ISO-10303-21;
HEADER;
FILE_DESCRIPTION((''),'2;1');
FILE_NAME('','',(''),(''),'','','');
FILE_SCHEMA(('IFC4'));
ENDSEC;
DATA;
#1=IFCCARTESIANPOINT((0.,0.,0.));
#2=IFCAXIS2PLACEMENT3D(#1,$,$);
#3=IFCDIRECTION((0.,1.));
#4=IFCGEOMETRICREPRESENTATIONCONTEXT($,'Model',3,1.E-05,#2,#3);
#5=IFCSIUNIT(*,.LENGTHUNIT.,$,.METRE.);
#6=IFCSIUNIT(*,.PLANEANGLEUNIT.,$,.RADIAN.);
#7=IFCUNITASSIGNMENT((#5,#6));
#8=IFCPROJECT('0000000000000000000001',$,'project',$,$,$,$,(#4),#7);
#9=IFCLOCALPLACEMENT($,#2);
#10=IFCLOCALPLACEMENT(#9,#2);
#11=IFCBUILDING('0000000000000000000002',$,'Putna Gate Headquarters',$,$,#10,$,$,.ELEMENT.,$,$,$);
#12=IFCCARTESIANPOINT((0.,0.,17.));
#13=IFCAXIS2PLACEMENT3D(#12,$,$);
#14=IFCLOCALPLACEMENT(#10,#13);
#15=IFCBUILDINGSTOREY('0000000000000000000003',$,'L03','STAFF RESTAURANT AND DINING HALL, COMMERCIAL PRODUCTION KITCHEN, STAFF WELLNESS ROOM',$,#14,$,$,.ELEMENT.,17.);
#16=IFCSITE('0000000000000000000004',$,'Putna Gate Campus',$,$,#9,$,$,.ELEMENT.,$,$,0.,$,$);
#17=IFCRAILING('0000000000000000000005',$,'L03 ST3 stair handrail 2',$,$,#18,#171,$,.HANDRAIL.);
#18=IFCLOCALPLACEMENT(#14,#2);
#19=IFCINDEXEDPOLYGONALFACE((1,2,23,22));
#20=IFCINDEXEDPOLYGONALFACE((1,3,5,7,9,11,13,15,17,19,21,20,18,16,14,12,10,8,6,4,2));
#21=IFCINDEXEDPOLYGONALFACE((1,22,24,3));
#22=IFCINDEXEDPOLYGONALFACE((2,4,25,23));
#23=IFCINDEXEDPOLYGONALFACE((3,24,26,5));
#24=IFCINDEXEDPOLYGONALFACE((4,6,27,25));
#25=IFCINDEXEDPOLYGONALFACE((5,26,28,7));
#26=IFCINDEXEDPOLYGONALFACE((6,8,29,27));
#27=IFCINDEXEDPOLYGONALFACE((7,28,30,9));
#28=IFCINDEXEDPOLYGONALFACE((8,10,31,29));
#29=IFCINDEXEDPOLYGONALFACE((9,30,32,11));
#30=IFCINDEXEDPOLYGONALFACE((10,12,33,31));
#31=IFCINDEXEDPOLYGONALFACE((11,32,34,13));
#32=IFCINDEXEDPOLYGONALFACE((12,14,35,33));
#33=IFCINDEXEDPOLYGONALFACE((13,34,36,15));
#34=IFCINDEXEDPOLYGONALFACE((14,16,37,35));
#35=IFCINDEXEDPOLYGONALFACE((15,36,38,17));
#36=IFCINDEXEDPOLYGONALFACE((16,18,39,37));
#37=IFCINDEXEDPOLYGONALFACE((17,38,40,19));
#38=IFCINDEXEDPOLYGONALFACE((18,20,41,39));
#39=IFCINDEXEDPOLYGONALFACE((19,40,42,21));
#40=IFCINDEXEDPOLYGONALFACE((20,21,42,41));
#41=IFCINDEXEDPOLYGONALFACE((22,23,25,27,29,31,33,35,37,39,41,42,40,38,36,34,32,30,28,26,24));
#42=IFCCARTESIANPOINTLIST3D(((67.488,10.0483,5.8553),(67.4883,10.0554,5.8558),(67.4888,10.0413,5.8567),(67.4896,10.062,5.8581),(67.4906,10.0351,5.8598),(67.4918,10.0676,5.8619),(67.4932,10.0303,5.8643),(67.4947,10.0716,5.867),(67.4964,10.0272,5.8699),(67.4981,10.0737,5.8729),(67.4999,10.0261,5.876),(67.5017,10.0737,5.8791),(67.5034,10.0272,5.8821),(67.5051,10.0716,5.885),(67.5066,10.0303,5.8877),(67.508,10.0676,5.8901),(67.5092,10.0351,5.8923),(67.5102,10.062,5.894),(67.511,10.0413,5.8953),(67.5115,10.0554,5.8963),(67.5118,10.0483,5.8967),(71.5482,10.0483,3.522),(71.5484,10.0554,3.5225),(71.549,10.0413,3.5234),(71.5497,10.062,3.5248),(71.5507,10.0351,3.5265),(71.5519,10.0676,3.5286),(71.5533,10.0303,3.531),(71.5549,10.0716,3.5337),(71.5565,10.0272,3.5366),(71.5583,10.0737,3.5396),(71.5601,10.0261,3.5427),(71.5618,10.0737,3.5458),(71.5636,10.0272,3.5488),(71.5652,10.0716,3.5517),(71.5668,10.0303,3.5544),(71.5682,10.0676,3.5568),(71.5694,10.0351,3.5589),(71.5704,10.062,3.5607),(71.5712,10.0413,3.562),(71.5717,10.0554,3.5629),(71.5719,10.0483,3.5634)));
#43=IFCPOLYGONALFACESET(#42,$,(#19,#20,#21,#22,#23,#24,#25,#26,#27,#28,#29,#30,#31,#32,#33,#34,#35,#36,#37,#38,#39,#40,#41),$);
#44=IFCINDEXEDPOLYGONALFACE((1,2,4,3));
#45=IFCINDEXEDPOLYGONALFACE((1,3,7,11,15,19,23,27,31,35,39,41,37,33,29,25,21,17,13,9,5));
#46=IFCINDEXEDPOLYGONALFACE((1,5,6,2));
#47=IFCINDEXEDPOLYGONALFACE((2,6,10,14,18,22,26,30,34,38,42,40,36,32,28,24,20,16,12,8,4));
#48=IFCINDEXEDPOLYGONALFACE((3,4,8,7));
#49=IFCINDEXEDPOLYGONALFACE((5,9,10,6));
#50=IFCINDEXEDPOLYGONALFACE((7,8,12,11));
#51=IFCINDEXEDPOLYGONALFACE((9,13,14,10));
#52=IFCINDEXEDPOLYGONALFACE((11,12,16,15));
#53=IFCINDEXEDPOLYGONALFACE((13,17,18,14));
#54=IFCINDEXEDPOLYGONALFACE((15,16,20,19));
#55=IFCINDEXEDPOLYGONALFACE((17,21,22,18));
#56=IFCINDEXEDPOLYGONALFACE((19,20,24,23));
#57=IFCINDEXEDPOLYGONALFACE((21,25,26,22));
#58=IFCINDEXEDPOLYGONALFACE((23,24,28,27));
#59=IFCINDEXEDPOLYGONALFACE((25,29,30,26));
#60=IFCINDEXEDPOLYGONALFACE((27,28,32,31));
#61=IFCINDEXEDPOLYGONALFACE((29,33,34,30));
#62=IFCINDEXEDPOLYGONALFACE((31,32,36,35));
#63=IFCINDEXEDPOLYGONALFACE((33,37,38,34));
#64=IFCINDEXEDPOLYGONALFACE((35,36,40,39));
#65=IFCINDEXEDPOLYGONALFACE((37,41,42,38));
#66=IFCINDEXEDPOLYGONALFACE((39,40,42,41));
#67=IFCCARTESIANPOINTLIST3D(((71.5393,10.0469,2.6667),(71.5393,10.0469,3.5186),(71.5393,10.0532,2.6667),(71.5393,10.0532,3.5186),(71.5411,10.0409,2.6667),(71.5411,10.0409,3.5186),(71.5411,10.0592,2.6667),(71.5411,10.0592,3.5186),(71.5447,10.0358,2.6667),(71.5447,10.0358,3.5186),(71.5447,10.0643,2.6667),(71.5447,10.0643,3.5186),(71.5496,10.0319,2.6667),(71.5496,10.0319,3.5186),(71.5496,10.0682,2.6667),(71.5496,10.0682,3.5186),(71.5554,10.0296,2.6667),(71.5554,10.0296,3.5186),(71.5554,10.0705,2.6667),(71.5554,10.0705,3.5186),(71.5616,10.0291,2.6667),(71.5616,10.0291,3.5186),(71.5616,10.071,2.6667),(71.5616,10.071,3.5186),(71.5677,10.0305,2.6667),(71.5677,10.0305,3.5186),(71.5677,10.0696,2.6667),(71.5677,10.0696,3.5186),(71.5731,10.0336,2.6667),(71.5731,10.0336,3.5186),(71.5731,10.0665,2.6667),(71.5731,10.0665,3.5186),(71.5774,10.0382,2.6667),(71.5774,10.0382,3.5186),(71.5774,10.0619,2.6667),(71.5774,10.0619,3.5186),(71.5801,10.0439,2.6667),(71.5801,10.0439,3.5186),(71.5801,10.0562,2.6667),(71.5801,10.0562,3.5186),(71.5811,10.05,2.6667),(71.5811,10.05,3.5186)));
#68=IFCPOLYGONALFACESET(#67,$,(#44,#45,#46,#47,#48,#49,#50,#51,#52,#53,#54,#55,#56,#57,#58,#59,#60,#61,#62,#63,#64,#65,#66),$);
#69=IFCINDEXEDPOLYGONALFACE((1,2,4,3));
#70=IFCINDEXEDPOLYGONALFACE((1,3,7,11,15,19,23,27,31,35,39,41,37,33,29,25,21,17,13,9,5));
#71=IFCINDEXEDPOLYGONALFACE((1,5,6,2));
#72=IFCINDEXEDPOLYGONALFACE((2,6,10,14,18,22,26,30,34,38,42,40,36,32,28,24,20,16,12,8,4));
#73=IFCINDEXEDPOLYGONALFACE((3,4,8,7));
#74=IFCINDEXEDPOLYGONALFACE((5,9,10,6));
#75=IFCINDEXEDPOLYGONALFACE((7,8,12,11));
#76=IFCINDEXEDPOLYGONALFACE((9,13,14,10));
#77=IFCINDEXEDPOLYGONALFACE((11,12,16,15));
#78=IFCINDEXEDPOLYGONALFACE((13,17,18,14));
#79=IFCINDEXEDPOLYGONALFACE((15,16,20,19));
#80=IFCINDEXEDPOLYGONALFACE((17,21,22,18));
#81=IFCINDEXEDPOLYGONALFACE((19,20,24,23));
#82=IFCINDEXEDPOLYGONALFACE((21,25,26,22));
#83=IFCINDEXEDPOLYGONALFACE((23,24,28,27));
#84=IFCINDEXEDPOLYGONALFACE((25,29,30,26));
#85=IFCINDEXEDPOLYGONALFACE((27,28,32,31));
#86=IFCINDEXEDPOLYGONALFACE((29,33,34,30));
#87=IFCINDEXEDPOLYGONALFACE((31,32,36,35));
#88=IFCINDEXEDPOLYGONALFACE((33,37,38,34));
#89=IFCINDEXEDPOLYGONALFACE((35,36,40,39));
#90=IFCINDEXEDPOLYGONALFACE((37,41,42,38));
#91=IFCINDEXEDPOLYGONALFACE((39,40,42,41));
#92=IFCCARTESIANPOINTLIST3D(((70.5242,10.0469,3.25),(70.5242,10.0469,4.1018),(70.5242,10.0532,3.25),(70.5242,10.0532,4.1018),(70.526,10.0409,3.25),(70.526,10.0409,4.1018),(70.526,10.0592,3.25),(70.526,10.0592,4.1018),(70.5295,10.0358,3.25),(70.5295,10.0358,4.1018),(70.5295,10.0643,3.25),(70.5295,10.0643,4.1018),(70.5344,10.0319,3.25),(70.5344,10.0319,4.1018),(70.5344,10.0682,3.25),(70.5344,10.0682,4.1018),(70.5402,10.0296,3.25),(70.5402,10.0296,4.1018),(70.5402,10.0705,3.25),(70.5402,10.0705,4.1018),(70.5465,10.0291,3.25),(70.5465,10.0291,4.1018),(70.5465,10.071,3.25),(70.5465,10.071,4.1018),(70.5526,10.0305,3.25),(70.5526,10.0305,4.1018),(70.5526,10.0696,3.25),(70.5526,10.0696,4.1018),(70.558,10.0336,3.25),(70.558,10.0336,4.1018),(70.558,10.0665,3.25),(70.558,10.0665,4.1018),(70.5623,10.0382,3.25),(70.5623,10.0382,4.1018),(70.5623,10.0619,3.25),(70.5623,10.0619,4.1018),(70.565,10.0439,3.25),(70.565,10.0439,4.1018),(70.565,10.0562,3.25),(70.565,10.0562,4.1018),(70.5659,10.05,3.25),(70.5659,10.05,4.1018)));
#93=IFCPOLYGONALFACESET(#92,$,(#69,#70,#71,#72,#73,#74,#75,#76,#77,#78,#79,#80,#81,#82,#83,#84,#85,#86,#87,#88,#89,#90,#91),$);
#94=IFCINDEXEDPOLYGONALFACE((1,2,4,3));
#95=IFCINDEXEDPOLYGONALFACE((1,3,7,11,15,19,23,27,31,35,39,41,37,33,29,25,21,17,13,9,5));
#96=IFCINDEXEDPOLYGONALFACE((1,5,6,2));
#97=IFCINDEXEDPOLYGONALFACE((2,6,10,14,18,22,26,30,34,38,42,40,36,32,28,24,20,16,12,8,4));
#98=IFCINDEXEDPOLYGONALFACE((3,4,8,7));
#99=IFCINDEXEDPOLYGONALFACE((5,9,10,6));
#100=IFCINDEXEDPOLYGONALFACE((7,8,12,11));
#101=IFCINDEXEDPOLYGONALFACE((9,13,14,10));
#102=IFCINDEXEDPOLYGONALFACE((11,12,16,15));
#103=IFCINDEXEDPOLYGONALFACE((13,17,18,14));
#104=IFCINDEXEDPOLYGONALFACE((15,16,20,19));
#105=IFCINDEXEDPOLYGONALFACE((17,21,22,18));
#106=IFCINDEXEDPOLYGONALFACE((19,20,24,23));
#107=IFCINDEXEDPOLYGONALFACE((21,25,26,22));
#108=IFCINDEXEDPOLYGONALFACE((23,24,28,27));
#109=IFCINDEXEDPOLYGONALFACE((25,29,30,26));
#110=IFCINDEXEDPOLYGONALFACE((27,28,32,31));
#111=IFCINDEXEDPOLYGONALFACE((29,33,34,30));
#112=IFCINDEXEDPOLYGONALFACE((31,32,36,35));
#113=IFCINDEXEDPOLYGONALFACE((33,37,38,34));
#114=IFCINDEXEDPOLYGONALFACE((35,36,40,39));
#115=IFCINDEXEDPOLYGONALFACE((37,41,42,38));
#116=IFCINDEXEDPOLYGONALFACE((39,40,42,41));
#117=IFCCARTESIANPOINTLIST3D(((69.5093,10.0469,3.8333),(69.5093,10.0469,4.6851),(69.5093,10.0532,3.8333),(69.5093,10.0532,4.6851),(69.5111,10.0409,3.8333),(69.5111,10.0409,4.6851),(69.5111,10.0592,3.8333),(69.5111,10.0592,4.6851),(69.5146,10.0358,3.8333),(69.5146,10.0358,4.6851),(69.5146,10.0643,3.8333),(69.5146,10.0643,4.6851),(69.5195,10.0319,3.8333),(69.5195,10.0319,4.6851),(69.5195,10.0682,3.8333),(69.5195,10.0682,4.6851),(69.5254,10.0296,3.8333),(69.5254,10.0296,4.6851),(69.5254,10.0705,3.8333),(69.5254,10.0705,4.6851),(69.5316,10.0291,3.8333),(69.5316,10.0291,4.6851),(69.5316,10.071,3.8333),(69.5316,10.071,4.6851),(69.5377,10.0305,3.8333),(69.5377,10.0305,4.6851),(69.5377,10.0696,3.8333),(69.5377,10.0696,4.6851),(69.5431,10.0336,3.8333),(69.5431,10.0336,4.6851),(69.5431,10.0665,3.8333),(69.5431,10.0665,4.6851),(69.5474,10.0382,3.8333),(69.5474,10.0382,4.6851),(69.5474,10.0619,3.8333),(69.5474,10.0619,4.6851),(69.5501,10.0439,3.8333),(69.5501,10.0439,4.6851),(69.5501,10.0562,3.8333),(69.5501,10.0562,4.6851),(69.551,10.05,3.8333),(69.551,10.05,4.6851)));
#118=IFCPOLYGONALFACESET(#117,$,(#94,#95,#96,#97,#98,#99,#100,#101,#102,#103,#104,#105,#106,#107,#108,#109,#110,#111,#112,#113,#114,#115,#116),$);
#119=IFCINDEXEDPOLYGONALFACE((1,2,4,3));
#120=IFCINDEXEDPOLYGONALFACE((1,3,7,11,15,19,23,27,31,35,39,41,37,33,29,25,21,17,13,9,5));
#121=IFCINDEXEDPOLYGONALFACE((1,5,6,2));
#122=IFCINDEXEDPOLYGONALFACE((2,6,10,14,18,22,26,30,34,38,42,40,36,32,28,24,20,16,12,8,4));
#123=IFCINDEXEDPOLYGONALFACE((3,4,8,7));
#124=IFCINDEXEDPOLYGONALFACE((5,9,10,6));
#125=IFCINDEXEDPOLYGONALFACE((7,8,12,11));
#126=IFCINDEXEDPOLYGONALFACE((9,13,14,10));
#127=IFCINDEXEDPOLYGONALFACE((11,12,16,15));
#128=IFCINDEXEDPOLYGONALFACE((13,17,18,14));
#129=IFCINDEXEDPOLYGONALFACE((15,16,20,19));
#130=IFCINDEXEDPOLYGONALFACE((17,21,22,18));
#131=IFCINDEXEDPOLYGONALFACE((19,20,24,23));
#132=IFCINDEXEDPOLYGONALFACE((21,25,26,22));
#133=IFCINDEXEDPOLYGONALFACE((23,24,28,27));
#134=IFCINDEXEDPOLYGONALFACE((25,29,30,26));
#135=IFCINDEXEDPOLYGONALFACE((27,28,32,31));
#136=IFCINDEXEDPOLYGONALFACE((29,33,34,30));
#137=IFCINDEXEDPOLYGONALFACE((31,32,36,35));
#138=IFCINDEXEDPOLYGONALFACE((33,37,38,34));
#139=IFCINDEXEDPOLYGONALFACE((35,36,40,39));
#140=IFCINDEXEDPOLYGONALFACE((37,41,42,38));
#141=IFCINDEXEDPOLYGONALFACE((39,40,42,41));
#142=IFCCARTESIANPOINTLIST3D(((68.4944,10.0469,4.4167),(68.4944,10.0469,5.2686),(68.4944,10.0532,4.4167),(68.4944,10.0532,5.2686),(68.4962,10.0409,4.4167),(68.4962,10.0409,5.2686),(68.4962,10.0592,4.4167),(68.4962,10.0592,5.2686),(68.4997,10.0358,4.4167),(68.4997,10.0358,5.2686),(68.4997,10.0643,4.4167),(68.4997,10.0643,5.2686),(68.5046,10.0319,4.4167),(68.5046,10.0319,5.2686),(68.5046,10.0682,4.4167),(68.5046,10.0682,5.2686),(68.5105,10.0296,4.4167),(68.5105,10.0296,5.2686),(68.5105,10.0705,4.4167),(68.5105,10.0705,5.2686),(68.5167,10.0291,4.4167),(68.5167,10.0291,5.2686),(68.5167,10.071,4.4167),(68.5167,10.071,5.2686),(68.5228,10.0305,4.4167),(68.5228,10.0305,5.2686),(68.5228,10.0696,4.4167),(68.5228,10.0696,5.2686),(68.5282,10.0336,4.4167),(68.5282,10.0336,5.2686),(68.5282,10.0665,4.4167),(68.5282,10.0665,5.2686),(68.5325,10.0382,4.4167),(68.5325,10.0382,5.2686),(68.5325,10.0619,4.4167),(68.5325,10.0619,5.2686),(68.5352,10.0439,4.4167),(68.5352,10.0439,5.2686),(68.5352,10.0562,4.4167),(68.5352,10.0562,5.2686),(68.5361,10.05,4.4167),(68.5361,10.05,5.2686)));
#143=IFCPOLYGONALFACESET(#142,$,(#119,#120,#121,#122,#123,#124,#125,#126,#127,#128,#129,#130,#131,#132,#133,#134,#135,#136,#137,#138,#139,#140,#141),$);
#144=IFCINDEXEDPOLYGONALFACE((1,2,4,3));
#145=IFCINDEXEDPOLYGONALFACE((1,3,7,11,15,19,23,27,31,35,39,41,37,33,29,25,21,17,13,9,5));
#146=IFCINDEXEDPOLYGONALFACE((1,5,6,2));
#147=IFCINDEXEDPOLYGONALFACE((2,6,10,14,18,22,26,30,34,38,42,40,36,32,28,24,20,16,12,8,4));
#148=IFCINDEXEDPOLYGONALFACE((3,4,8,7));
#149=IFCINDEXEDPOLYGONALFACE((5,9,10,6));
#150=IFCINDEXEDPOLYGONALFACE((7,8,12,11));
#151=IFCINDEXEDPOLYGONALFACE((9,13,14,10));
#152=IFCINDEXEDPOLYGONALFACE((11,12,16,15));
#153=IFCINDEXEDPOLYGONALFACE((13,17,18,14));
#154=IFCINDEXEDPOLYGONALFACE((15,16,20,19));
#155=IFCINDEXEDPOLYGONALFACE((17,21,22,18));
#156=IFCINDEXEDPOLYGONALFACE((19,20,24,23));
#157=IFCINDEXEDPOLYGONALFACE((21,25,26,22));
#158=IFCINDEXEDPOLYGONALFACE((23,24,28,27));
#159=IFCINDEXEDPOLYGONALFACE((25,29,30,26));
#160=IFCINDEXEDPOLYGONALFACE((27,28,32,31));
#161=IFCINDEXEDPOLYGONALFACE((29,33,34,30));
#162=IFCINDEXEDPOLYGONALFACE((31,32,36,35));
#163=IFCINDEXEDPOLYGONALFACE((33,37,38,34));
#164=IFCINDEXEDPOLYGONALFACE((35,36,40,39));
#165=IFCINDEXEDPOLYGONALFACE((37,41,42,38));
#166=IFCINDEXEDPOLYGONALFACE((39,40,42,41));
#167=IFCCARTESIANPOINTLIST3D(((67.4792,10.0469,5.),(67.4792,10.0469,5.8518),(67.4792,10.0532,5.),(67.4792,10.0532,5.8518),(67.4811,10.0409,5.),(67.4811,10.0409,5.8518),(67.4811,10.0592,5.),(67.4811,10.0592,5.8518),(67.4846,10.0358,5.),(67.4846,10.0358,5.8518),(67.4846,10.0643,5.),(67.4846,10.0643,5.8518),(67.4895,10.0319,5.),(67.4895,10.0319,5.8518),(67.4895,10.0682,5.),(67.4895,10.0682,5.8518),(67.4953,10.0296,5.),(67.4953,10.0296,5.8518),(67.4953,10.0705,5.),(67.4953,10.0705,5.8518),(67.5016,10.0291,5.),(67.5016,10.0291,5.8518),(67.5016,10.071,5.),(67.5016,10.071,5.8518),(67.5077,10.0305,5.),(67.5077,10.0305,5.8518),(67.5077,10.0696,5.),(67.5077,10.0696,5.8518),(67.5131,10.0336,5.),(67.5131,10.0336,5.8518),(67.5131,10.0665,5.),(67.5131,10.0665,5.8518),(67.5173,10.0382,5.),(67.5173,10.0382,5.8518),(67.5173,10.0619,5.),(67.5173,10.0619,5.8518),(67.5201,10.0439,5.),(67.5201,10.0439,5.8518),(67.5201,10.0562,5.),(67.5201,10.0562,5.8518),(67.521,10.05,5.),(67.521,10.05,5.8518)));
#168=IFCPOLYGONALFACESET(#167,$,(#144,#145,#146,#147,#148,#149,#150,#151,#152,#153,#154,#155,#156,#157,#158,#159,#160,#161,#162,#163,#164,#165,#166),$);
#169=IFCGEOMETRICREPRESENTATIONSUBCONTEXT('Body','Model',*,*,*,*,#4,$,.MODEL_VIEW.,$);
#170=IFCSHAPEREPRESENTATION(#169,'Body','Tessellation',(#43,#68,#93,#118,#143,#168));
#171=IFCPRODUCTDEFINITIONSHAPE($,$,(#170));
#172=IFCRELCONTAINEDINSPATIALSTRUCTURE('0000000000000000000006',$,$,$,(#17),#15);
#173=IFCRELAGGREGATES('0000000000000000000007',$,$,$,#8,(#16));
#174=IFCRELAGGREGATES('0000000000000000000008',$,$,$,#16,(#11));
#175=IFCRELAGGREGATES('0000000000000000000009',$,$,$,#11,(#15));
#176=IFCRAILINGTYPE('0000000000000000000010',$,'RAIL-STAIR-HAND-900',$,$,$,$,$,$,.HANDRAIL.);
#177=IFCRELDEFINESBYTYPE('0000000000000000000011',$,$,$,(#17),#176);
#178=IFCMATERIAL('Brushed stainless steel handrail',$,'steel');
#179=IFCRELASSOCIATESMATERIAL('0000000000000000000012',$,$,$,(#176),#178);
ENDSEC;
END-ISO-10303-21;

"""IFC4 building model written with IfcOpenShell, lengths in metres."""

from ifc_helpers import new_model, si_unit, direction, frame, origin, origin_2d, place, context, subcontext, project, spatial, circle, extrude, material, type_object, element, save


model = new_model("IFC4")

# Units and contexts
model_context = context("Model", 3, precision=1e-05, world=origin(), true_north=direction((0.0, 1.0)))
body_context = subcontext(model_context, "Body", "Model", "MODEL_VIEW")
ifc_project = project(units=[si_unit("LENGTHUNIT", "METRE"), si_unit("PLANEANGLEUNIT", "RADIAN")], contexts=[model_context])

# Site, building, storey
site_placement = place(None, origin())
site = spatial("IfcSite", under=ifc_project, at=site_placement, Name="Putna Gate Campus", CompositionType="ELEMENT", RefElevation=0.0)
building_placement = place(site_placement, origin())
building = spatial("IfcBuilding", under=site, at=building_placement, Name="Putna Gate Headquarters", CompositionType="ELEMENT")
storey_placement = place(building_placement, frame((0.0, 0.0, 17.0)))
storey = spatial("IfcBuildingStorey", under=building, at=storey_placement, Name="L03", Description="STAFF RESTAURANT AND DINING HALL, COMMERCIAL PRODUCTION KITCHEN, STAFF WELLNESS ROOM", CompositionType="ELEMENT", Elevation=17.0)

# Railing
ifc_material_1 = material(Name="Brushed stainless steel handrail", Category="steel")
railing_type_1 = type_object("IfcRailingType", Name="RAIL-STAIR-HAND-900", PredefinedType="HANDRAIL", material=ifc_material_1)
railing_1_placement = place(storey_placement, frame((71.5601, 10.05, 2.6667)))
element("IfcRailing", 1, at=railing_1_placement, inside=storey, type_object=railing_type_1, Name="L03 ST3 stair handrail 2", PredefinedType="HANDRAIL", context=body_context, shape_type="SweptSolid", body=[
    extrude(circle(Radius=0.0239, at=origin_2d()), frame((0.0, 0.0, 0.876), z_axis=(-0.867025, 0.0, 0.498265), x_axis=(0.0, -1.0, 0.0)), (0.0, 0.0, 1.0), 4.6829),
    extrude(circle(Radius=0.021, at=origin_2d()), origin(), (0.0, 0.0, 1.0), 0.8518),
    extrude(circle(Radius=0.021, at=origin_2d()), frame((-1.0151, 0.0, 0.5833)), (0.0, 0.0, 1.0), 0.8518),
    extrude(circle(Radius=0.021, at=origin_2d()), frame((-2.03, 0.0, 1.1665)), (0.0, 0.0, 1.0), 0.8518),
    extrude(circle(Radius=0.021, at=origin_2d()), frame((-3.0449, 0.0, 1.75)), (0.0, 0.0, 1.0), 0.8518),
    extrude(circle(Radius=0.021, at=origin_2d()), frame((-4.0601, 0.0, 2.3333)), (0.0, 0.0, 1.0), 0.8518),
])

save(model, "model.ifc")
